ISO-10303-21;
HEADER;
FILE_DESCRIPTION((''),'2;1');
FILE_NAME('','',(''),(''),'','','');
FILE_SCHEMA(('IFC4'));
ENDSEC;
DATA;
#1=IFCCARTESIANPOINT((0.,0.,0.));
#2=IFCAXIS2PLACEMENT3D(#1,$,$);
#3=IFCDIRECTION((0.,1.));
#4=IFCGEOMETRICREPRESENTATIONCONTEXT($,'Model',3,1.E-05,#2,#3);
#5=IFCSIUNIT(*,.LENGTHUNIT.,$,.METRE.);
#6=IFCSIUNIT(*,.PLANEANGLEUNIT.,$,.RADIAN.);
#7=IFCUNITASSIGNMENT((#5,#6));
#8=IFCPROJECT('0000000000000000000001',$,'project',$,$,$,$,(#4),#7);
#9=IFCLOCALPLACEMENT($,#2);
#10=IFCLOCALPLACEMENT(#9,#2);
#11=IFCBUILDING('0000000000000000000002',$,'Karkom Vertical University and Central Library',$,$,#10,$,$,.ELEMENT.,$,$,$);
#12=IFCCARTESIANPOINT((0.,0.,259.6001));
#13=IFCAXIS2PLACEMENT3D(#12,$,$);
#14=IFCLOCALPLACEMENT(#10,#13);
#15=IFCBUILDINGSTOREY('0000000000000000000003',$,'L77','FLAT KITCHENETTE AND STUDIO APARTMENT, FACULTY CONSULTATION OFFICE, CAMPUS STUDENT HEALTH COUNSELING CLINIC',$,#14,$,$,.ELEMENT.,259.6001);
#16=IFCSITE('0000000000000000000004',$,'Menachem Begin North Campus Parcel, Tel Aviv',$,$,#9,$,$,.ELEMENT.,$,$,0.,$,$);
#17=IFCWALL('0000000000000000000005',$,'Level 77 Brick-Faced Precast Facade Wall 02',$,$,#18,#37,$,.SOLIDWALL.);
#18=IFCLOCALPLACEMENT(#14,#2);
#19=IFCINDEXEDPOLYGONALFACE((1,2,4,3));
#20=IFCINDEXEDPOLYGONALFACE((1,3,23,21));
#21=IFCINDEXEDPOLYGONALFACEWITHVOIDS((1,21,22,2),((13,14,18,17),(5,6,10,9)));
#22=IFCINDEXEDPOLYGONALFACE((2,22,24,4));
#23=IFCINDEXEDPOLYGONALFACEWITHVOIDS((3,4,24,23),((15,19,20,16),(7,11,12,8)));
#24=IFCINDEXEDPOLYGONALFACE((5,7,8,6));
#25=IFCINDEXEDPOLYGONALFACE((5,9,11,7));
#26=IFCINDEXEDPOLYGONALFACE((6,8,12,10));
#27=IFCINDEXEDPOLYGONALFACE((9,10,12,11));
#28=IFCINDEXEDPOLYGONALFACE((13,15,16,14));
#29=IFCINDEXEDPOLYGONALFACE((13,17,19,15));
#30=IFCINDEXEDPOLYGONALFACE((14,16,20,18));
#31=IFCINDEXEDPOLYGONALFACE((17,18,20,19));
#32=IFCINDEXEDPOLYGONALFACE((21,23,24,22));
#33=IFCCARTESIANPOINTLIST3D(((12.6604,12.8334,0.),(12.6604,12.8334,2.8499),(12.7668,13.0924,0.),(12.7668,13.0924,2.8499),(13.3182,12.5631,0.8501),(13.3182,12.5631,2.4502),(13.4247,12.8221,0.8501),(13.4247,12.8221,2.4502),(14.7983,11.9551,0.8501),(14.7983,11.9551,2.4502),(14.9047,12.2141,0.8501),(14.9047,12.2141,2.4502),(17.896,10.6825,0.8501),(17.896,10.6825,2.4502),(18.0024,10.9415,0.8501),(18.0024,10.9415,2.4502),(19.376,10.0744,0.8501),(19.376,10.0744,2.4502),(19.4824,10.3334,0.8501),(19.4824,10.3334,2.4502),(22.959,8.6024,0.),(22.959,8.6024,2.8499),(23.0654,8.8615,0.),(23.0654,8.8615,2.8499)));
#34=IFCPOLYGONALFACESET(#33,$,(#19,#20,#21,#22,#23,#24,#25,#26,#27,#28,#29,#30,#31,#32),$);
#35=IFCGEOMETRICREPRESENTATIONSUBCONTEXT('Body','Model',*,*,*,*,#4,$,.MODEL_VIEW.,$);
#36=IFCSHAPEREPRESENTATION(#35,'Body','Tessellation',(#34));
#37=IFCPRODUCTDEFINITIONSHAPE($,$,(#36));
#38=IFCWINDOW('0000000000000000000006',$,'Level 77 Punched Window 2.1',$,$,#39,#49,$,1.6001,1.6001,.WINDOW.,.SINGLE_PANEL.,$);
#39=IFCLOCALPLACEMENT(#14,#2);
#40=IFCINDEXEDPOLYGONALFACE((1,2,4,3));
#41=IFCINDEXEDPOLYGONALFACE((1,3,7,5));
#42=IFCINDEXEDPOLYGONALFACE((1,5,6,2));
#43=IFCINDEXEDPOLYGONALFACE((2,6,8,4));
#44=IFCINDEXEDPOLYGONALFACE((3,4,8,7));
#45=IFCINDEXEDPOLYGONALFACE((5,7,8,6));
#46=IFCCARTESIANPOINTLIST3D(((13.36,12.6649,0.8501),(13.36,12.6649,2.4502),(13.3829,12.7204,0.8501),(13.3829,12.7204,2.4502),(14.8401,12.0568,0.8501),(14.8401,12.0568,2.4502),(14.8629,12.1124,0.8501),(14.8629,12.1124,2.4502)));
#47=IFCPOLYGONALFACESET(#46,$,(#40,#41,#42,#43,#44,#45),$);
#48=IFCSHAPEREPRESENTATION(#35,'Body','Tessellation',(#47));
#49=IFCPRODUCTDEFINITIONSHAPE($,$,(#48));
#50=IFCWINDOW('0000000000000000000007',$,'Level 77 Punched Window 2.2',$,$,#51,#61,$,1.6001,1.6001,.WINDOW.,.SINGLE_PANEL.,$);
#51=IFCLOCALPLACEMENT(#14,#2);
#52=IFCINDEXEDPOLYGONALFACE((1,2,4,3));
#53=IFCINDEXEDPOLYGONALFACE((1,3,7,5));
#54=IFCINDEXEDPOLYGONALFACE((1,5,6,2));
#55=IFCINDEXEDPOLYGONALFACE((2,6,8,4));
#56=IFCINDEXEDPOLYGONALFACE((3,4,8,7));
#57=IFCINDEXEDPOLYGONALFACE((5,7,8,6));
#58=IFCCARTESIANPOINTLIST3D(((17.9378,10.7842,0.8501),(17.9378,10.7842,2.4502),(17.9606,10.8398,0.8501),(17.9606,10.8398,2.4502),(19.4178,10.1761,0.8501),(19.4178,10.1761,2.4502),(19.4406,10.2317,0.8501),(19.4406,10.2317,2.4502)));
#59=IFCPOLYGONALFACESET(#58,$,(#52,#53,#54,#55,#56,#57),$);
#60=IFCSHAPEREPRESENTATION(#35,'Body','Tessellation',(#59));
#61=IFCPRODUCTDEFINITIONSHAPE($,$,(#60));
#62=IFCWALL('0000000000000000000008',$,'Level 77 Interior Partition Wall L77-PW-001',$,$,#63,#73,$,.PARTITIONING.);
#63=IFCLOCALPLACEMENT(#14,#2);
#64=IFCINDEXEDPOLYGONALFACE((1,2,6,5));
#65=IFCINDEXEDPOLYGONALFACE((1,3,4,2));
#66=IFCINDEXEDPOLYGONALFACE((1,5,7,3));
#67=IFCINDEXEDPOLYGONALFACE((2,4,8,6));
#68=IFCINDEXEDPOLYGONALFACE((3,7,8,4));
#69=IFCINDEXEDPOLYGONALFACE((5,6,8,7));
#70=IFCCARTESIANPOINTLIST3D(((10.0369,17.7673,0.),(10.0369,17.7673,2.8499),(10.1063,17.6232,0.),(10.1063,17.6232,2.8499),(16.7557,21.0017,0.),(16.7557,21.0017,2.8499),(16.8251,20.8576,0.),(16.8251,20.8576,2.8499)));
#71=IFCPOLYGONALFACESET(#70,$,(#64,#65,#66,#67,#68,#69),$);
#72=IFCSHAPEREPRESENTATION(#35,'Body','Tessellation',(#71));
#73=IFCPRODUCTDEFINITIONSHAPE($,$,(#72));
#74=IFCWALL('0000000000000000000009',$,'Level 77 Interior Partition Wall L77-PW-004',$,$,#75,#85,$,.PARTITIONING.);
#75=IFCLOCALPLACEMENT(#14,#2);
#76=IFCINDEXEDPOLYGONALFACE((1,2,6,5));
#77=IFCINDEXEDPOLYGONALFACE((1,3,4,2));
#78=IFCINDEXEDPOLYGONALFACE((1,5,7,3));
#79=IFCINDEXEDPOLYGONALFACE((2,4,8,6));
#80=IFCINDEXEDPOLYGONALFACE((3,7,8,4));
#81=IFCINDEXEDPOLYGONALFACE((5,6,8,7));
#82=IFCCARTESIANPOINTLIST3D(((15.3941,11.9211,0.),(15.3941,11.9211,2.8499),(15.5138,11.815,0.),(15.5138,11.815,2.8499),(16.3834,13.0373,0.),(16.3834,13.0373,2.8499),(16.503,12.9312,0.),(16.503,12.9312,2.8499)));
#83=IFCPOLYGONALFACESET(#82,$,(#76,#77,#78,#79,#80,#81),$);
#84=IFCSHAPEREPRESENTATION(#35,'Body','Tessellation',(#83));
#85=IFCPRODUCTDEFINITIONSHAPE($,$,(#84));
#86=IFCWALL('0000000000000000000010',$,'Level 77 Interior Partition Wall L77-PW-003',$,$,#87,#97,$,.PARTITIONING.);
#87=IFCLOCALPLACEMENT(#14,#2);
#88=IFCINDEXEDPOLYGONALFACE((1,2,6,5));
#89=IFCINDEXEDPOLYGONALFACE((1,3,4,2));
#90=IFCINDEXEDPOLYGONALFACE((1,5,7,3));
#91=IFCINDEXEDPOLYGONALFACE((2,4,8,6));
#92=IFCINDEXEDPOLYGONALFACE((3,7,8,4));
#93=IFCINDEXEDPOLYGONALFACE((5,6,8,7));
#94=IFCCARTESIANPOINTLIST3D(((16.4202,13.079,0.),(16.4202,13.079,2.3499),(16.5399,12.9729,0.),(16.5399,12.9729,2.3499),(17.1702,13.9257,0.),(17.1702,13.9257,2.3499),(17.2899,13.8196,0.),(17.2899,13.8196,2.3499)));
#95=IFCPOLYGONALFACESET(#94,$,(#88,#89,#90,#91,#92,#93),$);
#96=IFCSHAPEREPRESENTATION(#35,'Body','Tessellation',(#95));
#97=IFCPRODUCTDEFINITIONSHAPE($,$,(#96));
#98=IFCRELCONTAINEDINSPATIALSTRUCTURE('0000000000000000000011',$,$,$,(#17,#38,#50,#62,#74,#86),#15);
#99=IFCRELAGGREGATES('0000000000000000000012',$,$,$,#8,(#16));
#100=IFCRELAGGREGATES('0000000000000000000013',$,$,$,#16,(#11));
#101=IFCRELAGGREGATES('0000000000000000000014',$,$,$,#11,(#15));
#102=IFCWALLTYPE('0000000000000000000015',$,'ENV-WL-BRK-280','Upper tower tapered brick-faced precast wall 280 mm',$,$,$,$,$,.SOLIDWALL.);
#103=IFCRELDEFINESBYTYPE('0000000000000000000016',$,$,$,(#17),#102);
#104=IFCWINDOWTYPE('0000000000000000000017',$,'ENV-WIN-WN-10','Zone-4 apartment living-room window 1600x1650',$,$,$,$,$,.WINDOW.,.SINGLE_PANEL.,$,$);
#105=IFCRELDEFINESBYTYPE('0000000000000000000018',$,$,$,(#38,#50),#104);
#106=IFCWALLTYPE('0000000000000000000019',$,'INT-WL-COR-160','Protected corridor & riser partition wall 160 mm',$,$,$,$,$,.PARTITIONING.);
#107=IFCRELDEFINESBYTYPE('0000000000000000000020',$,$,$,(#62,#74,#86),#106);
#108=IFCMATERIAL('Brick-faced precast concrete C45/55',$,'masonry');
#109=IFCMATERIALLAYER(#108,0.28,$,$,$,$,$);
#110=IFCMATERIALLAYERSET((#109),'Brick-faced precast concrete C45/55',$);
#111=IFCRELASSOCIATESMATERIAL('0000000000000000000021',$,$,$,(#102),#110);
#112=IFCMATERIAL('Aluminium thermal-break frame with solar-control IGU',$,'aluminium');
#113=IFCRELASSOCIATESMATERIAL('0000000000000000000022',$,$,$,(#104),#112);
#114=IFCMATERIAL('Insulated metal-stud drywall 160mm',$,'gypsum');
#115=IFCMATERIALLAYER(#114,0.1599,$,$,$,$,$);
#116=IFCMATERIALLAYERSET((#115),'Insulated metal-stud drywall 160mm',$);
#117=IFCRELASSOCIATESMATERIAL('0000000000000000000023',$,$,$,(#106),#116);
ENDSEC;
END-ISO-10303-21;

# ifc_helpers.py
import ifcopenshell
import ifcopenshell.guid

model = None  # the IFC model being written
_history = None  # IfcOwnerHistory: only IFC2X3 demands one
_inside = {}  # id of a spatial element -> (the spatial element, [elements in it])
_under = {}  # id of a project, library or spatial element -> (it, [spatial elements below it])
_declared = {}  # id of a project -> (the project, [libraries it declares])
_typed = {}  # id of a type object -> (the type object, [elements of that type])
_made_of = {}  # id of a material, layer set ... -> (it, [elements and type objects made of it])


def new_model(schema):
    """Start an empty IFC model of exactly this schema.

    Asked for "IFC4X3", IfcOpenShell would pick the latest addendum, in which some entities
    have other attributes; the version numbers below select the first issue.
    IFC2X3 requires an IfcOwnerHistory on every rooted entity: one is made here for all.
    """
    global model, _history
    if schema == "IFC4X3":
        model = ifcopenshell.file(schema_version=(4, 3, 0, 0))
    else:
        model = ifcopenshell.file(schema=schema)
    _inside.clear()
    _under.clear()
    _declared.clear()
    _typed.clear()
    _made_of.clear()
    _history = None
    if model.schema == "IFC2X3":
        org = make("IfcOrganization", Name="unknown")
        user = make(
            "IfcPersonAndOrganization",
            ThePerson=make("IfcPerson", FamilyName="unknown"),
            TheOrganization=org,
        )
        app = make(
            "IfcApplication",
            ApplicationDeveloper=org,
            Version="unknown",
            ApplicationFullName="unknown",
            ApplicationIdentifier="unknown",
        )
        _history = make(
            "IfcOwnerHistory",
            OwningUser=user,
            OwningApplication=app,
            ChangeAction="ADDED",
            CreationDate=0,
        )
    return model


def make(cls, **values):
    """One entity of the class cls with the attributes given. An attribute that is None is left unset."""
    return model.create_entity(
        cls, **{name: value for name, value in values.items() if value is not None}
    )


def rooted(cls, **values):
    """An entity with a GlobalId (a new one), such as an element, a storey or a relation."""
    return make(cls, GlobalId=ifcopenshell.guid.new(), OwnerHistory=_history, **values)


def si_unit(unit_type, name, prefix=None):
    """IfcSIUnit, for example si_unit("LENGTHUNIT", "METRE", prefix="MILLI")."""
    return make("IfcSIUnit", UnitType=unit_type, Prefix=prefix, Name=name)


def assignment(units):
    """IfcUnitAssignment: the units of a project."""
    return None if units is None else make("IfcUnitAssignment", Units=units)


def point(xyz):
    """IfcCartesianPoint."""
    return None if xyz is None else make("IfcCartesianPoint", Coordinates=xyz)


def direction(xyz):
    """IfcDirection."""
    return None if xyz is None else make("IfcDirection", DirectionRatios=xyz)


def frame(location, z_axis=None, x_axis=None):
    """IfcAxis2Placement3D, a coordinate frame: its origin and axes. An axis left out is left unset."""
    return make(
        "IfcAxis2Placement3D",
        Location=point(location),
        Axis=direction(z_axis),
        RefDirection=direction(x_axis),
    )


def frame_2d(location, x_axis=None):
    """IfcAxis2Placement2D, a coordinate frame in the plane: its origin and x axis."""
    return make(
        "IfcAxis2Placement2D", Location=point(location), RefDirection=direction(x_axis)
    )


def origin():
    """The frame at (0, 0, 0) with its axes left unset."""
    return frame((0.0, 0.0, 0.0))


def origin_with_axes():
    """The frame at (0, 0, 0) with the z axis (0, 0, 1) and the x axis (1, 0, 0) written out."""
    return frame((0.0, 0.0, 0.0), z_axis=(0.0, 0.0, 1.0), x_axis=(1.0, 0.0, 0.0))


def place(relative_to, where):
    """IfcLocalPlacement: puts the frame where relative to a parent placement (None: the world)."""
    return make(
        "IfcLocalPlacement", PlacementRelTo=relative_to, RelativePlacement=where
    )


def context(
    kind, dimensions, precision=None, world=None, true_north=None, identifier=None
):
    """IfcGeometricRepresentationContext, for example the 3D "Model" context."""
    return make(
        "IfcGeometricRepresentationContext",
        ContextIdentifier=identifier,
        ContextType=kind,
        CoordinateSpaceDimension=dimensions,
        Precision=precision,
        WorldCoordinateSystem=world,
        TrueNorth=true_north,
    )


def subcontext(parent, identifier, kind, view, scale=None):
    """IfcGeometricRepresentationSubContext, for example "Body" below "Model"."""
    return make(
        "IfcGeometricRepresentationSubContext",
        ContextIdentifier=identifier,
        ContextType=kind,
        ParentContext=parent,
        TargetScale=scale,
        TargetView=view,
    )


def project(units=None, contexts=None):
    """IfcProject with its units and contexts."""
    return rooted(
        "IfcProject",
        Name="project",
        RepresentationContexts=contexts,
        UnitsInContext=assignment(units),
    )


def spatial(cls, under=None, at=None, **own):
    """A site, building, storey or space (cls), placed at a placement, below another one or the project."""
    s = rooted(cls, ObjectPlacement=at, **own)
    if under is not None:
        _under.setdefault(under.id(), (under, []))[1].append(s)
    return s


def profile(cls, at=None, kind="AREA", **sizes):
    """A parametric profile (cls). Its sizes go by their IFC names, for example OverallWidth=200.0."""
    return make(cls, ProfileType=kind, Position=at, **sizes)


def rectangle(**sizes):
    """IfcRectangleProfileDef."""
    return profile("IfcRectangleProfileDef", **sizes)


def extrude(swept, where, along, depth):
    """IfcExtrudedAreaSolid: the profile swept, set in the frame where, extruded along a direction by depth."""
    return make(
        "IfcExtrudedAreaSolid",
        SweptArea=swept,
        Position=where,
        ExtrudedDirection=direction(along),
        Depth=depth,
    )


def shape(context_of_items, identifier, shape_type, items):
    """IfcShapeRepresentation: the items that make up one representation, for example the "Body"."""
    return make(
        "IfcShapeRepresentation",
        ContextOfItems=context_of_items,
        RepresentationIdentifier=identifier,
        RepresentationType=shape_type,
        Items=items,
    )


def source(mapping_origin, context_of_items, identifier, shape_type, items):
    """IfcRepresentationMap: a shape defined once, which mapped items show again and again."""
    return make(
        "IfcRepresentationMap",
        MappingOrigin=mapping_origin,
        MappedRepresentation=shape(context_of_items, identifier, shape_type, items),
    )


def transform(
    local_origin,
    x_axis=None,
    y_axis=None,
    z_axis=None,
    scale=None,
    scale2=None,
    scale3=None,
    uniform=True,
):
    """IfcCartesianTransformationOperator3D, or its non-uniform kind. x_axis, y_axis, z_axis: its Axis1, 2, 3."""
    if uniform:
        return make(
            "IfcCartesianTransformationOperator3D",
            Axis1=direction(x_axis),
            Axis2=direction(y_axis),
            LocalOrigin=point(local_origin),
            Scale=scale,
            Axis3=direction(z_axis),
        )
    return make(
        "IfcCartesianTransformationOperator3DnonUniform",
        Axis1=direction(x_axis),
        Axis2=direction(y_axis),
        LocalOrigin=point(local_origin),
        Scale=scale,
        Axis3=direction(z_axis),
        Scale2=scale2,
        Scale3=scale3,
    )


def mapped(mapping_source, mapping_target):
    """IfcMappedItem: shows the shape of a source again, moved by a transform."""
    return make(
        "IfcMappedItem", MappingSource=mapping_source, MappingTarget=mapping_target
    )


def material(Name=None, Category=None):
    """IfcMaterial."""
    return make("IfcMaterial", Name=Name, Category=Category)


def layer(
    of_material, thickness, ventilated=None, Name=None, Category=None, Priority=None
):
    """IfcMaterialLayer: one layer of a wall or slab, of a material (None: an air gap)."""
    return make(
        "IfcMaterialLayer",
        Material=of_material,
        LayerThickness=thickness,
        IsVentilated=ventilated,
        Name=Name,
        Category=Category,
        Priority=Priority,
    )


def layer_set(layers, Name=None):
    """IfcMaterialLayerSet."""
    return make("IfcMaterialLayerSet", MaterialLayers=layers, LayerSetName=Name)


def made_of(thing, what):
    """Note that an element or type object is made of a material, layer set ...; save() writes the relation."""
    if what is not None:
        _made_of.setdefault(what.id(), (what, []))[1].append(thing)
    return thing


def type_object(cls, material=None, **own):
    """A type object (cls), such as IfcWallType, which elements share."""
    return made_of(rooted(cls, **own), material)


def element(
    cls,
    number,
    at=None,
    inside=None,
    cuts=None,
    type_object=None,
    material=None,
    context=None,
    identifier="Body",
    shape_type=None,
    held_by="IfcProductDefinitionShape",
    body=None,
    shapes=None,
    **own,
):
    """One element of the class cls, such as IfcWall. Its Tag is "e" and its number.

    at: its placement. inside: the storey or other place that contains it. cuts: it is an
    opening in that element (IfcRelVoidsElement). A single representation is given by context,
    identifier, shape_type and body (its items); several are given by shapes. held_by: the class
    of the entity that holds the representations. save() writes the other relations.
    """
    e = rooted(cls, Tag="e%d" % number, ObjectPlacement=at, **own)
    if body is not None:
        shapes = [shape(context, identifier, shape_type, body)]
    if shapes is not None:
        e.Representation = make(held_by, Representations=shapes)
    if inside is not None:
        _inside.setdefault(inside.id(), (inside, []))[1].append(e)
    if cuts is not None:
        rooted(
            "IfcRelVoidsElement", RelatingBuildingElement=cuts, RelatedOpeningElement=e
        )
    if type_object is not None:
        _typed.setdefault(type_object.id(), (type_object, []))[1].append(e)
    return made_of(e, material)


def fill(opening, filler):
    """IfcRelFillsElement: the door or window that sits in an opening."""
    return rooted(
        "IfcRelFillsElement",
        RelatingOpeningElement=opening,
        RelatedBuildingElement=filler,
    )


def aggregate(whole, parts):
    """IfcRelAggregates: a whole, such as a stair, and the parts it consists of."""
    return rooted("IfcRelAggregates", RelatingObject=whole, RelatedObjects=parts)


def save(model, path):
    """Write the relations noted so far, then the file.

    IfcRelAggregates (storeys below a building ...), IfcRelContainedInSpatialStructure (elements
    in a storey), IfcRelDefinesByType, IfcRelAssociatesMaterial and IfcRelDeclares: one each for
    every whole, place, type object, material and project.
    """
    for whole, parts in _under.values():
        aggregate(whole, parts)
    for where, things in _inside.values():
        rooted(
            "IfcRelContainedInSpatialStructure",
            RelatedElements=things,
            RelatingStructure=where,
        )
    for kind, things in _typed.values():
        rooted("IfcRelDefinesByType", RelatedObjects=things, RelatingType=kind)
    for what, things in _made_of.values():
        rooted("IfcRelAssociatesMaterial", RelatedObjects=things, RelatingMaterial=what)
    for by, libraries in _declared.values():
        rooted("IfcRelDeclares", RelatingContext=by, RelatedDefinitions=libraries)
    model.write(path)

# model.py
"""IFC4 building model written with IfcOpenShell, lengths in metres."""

from ifc_helpers import new_model, si_unit, direction, frame, frame_2d, origin, origin_with_axes, place, context, subcontext, project, spatial, rectangle, extrude, source, transform, mapped, material, layer, layer_set, type_object, element, fill, save


model = new_model("IFC4")

# Units and contexts
model_context = context("Model", 3, precision=1e-05, world=origin(), true_north=direction((0.0, 1.0)))
body_context = subcontext(model_context, "Body", "Model", "MODEL_VIEW")
ifc_project = project(units=[si_unit("LENGTHUNIT", "METRE"), si_unit("PLANEANGLEUNIT", "RADIAN")], contexts=[model_context])

# Site, building, storey
site_placement = place(None, origin())
site = spatial("IfcSite", under=ifc_project, at=site_placement, Name="Menachem Begin North Campus Parcel, Tel Aviv", CompositionType="ELEMENT", RefElevation=0.0)
building_placement = place(site_placement, origin())
building = spatial("IfcBuilding", under=site, at=building_placement, Name="Karkom Vertical University and Central Library", CompositionType="ELEMENT")
storey_placement = place(building_placement, frame((0.0, 0.0, 259.6001)))
storey = spatial("IfcBuildingStorey", under=building, at=storey_placement, Name="L77", Description="FLAT KITCHENETTE AND STUDIO APARTMENT, FACULTY CONSULTATION OFFICE, CAMPUS STUDENT HEALTH COUNSELING CLINIC", CompositionType="ELEMENT", Elevation=259.6001)

# Wall, openings, windows
ifc_material_1 = material(Name="Brick-faced precast concrete C45/55", Category="masonry")
ifc_layer_1 = layer(ifc_material_1, 0.28)
ifc_layer_set_1 = layer_set([ifc_layer_1], Name="Brick-faced precast concrete C45/55")
wall_type_1 = type_object("IfcWallType", Name="ENV-WL-BRK-280", Description="Upper tower tapered brick-faced precast wall 280 mm", PredefinedType="SOLIDWALL", material=ifc_layer_set_1)
ifc_material_2 = material(Name="Aluminium thermal-break frame with solar-control IGU", Category="aluminium")
window_type = type_object("IfcWindowType", Name="ENV-WIN-WN-10", Description="Zone-4 apartment living-room window 1600x1650", PartitioningType="SINGLE_PANEL", PredefinedType="WINDOW", material=ifc_material_2)
shared_shape_1 = source(origin_with_axes(), body_context, "Body", "SweptSolid", [
    extrude(rectangle(XDim=1.6001, YDim=1.6001, at=frame_2d((0.8, 0.8))), frame((0.0, 0.03, 0.0), z_axis=(0.0, -1.0, 0.0), x_axis=(1.0, 0.0, 0.0)), (0.0, 0.0, 1.0), 0.0601),
])
wall_1_placement = place(storey_placement, frame((12.7136, 12.9629, 0.0), z_axis=(0.0, 0.0, 1.0), x_axis=(0.924983, -0.38001, 0.0)))
wall_1 = element("IfcWall", 1, at=wall_1_placement, inside=storey, type_object=wall_type_1, Name="Level 77 Brick-Faced Precast Facade Wall 02", PredefinedType="SOLIDWALL", context=body_context, shape_type="SweptSolid", body=[
    extrude(rectangle(XDim=11.1338, YDim=0.28, at=frame_2d((5.5669, 0.0))), origin(), (0.0, 0.0, 1.0), 2.8499),
])
opening_1_placement = place(wall_1_placement, frame((0.7112, 0.0, 0.8501)))
opening_1 = element("IfcOpeningElement", 2, at=opening_1_placement, cuts=wall_1, PredefinedType="OPENING", context=body_context, shape_type="SweptSolid", body=[
    extrude(rectangle(XDim=1.6001, YDim=1.6001, at=frame_2d((0.8, 0.8))), frame((0.0, 0.1499, 0.0), z_axis=(0.0, -1.0, 0.0), x_axis=(1.0, 0.0, 0.0)), (0.0, 0.0, 1.0), 0.3),
])
opening_2_placement = place(wall_1_placement, frame((5.6602, 0.0, 0.8501)))
opening_2 = element("IfcOpeningElement", 3, at=opening_2_placement, cuts=wall_1, PredefinedType="OPENING", context=body_context, shape_type="SweptSolid", body=[
    extrude(rectangle(XDim=1.6001, YDim=1.6001, at=frame_2d((0.8, 0.8))), frame((0.0, 0.1499, 0.0), z_axis=(0.0, -1.0, 0.0), x_axis=(1.0, 0.0, 0.0)), (0.0, 0.0, 1.0), 0.3),
])
window_1_placement = place(opening_1_placement, origin())
window_1 = element("IfcWindow", 4, at=window_1_placement, inside=storey, type_object=window_type, Name="Level 77 Punched Window 2.1", OverallHeight=1.6001, OverallWidth=1.6001, PartitioningType="SINGLE_PANEL", PredefinedType="WINDOW", context=body_context, shape_type="MappedRepresentation", body=[
    mapped(shared_shape_1, transform((0.0, 0.0, 0.0), scale=1.0)),
])
fill(opening_1, window_1)
window_2_placement = place(opening_2_placement, origin())
window_2 = element("IfcWindow", 5, at=window_2_placement, inside=storey, type_object=window_type, Name="Level 77 Punched Window 2.2", OverallHeight=1.6001, OverallWidth=1.6001, PartitioningType="SINGLE_PANEL", PredefinedType="WINDOW", context=body_context, shape_type="MappedRepresentation", body=[
    mapped(shared_shape_1, transform((0.0, 0.0, 0.0), scale=1.0)),
])
fill(opening_2, window_2)

# Shared definitions
ifc_material_3 = material(Name="Insulated metal-stud drywall 160mm", Category="gypsum")
ifc_layer_2 = layer(ifc_material_3, 0.1599)
ifc_layer_set_2 = layer_set([ifc_layer_2], Name="Insulated metal-stud drywall 160mm")
wall_type_2 = type_object("IfcWallType", Name="INT-WL-COR-160", Description="Protected corridor & riser partition wall 160 mm", PredefinedType="PARTITIONING", material=ifc_layer_set_2)

# Walls
wall_2_placement = place(storey_placement, frame((16.7905, 20.9297, 0.0), z_axis=(0.0, 0.0, 1.0), x_axis=(-0.901032, -0.433753, 0.0)))
element("IfcWall", 6, at=wall_2_placement, inside=storey, type_object=wall_type_2, Name="Level 77 Interior Partition Wall L77-PW-001", PredefinedType="PARTITIONING", context=body_context, shape_type="SweptSolid", body=[
    extrude(rectangle(XDim=7.4568, YDim=0.1599, at=frame_2d((3.7285, 0.0))), origin(), (0.0, 0.0, 1.0), 2.8499),
])
wall_3_placement = place(storey_placement, frame((16.4431, 12.9841, 0.0), z_axis=(0.0, 0.0, 1.0), x_axis=(-0.663266, -0.748384, 0.0)))
element("IfcWall", 7, at=wall_3_placement, inside=storey, type_object=wall_type_2, Name="Level 77 Interior Partition Wall L77-PW-004", PredefinedType="PARTITIONING", context=body_context, shape_type="SweptSolid", body=[
    extrude(rectangle(XDim=1.4915, YDim=0.1599, at=frame_2d((0.7456, 0.0))), origin(), (0.0, 0.0, 1.0), 2.8499),
])
wall_4_placement = place(storey_placement, frame((17.23, 13.8726, 0.0), z_axis=(0.0, 0.0, 1.0), x_axis=(-0.663077, -0.748551, 0.0)))
element("IfcWall", 8, at=wall_4_placement, inside=storey, type_object=wall_type_2, Name="Level 77 Interior Partition Wall L77-PW-003", PredefinedType="PARTITIONING", context=body_context, shape_type="SweptSolid", body=[
    extrude(rectangle(XDim=1.1311, YDim=0.1599, at=frame_2d((0.5654, 0.0))), origin(), (0.0, 0.0, 1.0), 2.3499),
])

save(model, "model.ifc")
